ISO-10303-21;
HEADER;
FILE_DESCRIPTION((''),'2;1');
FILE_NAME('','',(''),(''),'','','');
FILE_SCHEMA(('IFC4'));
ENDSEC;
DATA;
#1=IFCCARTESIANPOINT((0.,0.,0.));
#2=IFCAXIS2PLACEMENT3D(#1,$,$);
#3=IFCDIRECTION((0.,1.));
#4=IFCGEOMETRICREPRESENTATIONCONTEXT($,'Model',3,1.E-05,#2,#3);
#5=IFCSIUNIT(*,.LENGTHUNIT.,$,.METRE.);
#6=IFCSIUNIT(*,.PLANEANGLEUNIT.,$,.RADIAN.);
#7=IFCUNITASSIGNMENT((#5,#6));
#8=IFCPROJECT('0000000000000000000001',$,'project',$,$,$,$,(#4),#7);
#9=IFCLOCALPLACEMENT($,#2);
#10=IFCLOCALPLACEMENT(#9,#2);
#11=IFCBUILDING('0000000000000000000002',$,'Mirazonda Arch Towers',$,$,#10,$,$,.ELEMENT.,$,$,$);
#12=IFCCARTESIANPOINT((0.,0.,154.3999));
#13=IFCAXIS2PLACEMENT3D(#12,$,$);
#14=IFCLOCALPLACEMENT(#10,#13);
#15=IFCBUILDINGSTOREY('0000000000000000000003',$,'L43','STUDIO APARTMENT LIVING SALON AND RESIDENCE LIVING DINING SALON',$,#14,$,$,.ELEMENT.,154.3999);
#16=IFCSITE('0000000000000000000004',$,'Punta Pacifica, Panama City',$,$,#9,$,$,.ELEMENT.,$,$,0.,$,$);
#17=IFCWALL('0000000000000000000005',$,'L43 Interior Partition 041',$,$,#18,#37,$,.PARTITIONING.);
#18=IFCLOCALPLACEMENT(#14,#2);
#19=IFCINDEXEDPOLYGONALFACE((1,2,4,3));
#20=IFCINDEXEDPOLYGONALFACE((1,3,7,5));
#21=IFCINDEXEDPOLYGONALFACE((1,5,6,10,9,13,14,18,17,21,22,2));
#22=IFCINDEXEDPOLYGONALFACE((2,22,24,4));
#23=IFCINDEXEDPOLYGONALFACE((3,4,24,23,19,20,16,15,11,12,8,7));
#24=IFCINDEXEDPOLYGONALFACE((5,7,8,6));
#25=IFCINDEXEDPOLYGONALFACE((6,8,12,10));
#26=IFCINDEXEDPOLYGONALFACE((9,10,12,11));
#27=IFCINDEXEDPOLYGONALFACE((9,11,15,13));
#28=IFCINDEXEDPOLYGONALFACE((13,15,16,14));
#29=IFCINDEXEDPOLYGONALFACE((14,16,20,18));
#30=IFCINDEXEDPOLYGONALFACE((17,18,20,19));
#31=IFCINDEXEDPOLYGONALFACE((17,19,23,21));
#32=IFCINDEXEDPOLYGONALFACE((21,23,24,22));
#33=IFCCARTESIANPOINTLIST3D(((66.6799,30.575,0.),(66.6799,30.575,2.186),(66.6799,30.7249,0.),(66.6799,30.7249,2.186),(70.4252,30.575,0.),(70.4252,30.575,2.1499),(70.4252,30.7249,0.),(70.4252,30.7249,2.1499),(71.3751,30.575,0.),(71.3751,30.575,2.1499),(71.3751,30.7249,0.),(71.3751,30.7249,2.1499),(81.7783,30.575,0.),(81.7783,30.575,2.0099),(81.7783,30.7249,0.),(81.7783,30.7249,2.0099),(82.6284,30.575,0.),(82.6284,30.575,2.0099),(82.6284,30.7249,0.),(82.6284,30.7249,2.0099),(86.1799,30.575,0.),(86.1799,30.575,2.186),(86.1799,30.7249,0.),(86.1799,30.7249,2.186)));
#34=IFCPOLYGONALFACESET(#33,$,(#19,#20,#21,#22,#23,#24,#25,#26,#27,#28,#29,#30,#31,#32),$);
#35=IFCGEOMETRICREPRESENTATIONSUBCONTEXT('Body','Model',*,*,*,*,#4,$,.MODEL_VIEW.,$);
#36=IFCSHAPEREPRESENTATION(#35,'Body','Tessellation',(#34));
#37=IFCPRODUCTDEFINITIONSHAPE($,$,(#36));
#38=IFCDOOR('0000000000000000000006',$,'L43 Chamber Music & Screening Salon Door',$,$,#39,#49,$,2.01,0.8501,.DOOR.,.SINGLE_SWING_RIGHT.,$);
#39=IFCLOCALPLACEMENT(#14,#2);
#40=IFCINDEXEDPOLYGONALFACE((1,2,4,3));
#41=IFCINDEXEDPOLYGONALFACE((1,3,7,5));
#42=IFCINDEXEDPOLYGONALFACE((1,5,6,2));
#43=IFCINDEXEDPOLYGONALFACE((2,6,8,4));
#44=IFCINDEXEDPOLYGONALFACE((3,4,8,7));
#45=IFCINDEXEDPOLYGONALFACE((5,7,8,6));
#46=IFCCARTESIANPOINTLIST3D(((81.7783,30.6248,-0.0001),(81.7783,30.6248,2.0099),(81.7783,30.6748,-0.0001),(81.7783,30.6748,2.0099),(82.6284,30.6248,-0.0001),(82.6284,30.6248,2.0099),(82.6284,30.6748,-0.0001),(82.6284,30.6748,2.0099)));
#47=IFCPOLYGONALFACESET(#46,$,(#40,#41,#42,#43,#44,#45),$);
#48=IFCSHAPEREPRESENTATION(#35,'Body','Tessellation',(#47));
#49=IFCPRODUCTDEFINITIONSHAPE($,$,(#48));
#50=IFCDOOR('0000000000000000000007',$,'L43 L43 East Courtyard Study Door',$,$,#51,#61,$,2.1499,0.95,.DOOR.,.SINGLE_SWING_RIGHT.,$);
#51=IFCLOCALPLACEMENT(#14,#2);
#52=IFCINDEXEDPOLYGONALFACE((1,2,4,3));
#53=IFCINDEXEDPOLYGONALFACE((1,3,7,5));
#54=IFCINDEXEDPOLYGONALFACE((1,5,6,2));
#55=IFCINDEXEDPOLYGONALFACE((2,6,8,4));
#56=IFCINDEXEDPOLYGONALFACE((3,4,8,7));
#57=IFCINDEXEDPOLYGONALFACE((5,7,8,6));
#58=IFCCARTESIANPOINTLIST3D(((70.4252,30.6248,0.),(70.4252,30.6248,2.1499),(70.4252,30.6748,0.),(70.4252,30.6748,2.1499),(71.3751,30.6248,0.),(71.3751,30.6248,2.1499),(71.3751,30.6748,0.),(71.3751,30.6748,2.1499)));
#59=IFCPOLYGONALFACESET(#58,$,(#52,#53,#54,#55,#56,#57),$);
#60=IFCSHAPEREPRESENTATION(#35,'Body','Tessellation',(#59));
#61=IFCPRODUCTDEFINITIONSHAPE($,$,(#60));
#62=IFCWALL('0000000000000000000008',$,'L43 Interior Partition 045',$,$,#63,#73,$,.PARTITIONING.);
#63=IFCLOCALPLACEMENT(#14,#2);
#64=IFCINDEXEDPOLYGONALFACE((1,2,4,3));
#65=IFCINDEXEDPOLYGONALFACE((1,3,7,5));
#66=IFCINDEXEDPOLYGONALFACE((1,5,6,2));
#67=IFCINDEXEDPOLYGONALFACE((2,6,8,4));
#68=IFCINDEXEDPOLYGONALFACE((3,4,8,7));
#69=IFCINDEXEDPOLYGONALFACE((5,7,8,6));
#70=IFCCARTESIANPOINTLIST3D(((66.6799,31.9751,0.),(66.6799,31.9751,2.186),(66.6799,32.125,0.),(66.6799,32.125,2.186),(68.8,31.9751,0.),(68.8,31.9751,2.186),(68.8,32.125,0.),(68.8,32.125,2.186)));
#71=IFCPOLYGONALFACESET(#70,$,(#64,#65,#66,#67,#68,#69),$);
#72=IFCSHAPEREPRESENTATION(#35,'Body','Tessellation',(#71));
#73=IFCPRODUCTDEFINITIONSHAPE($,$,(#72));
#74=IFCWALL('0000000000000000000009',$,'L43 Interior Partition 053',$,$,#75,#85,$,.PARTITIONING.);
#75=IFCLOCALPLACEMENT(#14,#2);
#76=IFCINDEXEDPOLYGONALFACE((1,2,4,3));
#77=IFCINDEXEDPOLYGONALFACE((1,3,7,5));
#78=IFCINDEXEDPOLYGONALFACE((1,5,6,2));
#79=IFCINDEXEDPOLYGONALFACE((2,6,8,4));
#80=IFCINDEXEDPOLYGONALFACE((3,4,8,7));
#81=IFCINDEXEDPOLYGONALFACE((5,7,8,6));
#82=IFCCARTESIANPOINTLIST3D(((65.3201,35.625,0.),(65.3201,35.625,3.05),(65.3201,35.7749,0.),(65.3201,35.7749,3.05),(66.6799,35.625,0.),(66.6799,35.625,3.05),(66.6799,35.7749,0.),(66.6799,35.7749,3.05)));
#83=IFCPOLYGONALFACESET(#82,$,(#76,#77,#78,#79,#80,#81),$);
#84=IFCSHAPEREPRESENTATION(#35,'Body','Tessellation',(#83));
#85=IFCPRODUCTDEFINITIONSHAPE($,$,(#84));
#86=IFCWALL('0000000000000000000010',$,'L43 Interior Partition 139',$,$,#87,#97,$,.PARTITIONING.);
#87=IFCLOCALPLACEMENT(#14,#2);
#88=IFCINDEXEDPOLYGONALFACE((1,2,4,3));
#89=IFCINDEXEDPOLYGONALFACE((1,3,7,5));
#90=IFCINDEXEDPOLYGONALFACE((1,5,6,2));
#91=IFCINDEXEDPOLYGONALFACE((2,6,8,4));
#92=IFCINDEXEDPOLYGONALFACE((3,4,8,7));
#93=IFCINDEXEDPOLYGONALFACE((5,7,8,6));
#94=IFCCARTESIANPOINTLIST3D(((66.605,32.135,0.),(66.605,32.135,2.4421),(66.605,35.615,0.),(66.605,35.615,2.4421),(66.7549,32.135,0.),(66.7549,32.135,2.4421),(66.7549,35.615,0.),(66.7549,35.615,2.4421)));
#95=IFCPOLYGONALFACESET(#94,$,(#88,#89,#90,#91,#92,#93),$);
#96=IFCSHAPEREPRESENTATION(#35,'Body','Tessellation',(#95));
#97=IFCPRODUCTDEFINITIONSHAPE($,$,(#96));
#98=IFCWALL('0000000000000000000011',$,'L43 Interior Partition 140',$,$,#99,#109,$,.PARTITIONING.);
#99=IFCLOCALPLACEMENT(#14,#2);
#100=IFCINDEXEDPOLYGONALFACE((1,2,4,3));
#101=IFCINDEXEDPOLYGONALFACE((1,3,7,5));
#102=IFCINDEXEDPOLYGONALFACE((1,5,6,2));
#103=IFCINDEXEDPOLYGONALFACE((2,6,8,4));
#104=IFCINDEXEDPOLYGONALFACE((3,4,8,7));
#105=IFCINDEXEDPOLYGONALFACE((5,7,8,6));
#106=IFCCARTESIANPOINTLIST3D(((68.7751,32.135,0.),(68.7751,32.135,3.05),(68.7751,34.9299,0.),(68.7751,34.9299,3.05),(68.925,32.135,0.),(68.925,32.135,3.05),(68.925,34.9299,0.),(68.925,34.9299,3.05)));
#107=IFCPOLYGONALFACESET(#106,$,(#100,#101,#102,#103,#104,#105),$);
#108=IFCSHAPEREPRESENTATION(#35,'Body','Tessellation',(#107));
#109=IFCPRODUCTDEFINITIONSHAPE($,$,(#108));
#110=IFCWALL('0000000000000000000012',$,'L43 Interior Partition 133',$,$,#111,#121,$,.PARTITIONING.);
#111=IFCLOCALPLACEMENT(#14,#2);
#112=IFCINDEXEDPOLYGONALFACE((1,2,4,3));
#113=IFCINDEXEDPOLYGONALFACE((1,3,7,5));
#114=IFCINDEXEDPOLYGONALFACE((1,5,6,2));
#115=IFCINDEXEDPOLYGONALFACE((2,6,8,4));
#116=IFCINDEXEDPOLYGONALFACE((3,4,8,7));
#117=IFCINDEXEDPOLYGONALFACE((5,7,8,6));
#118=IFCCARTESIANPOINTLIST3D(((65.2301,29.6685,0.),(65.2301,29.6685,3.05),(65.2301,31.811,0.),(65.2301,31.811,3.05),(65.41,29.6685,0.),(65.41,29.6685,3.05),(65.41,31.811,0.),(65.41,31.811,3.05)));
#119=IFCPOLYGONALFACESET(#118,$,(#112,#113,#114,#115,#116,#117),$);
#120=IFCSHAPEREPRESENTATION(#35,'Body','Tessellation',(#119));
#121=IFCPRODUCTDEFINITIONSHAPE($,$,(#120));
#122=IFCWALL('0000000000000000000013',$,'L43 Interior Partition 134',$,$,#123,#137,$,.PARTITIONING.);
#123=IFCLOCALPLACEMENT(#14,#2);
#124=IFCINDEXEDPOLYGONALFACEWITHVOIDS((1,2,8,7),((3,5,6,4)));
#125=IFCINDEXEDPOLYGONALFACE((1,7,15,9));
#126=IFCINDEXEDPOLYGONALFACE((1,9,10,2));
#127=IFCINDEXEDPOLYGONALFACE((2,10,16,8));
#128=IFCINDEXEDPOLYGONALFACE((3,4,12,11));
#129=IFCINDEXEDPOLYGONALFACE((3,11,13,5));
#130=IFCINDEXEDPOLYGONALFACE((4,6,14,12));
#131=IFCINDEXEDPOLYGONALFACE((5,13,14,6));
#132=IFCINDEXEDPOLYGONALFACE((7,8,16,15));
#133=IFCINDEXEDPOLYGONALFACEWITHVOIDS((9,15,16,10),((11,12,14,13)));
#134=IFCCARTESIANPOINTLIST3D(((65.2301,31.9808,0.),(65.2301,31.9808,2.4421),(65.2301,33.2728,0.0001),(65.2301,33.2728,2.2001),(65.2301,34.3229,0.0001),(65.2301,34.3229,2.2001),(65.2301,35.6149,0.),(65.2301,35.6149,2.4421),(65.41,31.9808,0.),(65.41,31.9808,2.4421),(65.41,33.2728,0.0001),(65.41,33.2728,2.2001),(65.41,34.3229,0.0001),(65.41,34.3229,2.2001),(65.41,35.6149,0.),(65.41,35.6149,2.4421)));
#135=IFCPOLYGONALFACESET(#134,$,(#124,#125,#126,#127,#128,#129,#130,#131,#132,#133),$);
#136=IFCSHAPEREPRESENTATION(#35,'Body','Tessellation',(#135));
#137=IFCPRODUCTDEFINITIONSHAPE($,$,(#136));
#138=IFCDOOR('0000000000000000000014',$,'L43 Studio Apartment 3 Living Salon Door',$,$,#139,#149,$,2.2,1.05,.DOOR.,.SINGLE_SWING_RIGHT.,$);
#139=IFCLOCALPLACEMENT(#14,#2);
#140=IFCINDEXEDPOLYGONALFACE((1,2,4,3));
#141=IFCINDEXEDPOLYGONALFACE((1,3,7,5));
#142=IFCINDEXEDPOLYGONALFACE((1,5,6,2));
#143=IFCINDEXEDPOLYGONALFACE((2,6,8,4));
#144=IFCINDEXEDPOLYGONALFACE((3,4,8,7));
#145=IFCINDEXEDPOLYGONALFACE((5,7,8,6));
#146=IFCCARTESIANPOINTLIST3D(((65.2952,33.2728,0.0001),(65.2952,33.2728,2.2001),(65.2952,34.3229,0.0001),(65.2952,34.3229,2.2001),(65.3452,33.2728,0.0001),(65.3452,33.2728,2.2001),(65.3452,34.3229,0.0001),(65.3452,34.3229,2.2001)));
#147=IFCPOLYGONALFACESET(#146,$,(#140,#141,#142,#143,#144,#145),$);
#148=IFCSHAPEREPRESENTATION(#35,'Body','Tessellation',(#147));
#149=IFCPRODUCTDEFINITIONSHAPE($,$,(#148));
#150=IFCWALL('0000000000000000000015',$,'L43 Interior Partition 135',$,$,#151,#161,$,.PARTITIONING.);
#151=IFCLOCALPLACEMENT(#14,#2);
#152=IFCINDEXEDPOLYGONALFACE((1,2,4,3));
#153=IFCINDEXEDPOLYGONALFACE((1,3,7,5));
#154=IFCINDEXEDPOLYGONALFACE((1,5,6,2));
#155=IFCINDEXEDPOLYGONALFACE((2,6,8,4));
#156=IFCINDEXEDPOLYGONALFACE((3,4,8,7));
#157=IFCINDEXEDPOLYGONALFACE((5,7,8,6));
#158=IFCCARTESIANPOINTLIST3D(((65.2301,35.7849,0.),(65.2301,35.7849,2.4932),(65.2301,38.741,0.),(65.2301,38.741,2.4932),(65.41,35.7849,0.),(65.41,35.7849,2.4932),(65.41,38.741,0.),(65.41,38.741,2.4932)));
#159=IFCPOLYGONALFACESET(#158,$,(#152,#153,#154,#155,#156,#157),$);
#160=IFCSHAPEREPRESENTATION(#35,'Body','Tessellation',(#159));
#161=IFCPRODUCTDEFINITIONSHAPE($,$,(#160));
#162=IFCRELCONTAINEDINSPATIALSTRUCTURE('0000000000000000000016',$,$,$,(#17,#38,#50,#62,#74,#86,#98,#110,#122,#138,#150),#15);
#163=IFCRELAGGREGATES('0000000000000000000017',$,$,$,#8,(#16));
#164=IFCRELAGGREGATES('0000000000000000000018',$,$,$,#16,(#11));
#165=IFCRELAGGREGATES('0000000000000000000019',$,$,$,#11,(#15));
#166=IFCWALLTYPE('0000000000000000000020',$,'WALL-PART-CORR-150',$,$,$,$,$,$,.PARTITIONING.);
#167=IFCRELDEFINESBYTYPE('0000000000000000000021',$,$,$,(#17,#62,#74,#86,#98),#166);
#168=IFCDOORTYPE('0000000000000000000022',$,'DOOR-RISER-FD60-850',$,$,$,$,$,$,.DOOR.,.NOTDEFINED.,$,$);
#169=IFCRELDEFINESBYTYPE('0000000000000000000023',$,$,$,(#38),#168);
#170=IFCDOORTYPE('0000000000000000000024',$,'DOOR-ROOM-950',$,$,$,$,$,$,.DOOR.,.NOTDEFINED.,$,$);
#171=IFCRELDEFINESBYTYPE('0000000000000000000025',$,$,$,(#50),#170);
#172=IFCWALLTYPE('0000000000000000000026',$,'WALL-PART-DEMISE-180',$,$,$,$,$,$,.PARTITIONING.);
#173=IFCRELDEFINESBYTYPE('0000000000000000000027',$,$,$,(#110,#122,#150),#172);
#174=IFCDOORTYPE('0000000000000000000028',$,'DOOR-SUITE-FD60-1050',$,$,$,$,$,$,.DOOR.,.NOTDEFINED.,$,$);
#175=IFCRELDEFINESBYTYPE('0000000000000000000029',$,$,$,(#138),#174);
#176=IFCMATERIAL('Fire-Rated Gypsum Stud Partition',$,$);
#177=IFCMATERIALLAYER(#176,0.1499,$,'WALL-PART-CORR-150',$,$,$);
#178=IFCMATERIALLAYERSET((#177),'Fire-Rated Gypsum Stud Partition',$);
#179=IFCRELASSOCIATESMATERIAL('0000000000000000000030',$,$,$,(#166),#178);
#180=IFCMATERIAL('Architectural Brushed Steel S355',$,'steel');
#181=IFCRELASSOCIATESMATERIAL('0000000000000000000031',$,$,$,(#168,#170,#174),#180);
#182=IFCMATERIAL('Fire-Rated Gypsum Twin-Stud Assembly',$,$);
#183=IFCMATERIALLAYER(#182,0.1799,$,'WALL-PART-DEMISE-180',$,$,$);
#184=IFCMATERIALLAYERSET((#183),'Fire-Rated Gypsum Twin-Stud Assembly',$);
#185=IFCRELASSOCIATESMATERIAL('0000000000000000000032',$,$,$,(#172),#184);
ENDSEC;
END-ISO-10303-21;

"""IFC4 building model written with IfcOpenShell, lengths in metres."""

from ifc_helpers import new_model, si_unit, direction, frame, frame_2d, origin, place, context, subcontext, project, spatial, rectangle, extrude, material, layer, layer_set, type_object, element, fill, save


model = new_model("IFC4")

# Units and contexts
model_context = context("Model", 3, precision=1e-05, world=origin(), true_north=direction((0.0, 1.0)))
body_context = subcontext(model_context, "Body", "Model", "MODEL_VIEW")
ifc_project = project(units=[si_unit("LENGTHUNIT", "METRE"), si_unit("PLANEANGLEUNIT", "RADIAN")], contexts=[model_context])

# Site, building, storey
site_placement = place(None, origin())
site = spatial("IfcSite", under=ifc_project, at=site_placement, Name="Punta Pacifica, Panama City", CompositionType="ELEMENT", RefElevation=0.0)
building_placement = place(site_placement, origin())
building = spatial("IfcBuilding", under=site, at=building_placement, Name="Mirazonda Arch Towers", CompositionType="ELEMENT")
storey_placement = place(building_placement, frame((0.0, 0.0, 154.3999)))
storey = spatial("IfcBuildingStorey", under=building, at=storey_placement, Name="L43", Description="STUDIO APARTMENT LIVING SALON AND RESIDENCE LIVING DINING SALON", CompositionType="ELEMENT", Elevation=154.3999)

# Wall, openings, doors
ifc_material_1 = material(Name="Architectural Brushed Steel S355", Category="steel")
ifc_material_2 = material(Name="Fire-Rated Gypsum Stud Partition")
ifc_layer_1 = layer(ifc_material_2, 0.1499, Name="WALL-PART-CORR-150")
ifc_layer_set_1 = layer_set([ifc_layer_1], Name="Fire-Rated Gypsum Stud Partition")
wall_type_1 = type_object("IfcWallType", Name="WALL-PART-CORR-150", PredefinedType="PARTITIONING", material=ifc_layer_set_1)
wall_1_placement = place(storey_placement, frame((66.6799, 30.6499, 0.0), z_axis=(0.0, 0.0, 1.0), x_axis=(1.0, 0.0, 0.0)))
wall_1 = element("IfcWall", 1, at=wall_1_placement, inside=storey, type_object=wall_type_1, Name="L43 Interior Partition 041", PredefinedType="PARTITIONING", context=body_context, shape_type="SweptSolid", body=[
    extrude(rectangle(XDim=19.5, YDim=0.1499, at=frame_2d((9.75, 0.0))), origin(), (0.0, 0.0, 1.0), 2.186),
])
opening_1_placement = place(wall_1_placement, frame((3.7451, 0.0, 0.0)))
opening_1 = element("IfcOpeningElement", 2, at=opening_1_placement, cuts=wall_1, PredefinedType="OPENING", context=body_context, shape_type="SweptSolid", body=[
    extrude(rectangle(XDim=0.95, YDim=2.1499, at=frame_2d((0.4751, 1.075))), frame((0.0, 0.085, 0.0), z_axis=(0.0, -1.0, 0.0), x_axis=(1.0, 0.0, 0.0)), (0.0, 0.0, 1.0), 0.1699),
])
opening_2_placement = place(wall_1_placement, frame((15.0984, 0.0, 0.0)))
opening_2 = element("IfcOpeningElement", 3, at=opening_2_placement, cuts=wall_1, PredefinedType="OPENING", context=body_context, shape_type="SweptSolid", body=[
    extrude(rectangle(XDim=0.8501, YDim=2.01, at=frame_2d((0.425, 1.0049))), frame((0.0, 0.085, 0.0), z_axis=(0.0, -1.0, 0.0), x_axis=(1.0, 0.0, 0.0)), (0.0, 0.0, 1.0), 0.1699),
])
door_type_1 = type_object("IfcDoorType", Name="DOOR-RISER-FD60-850", OperationType="NOTDEFINED", PredefinedType="DOOR", material=ifc_material_1)
door_1_placement = place(opening_2_placement, origin())
door_1 = element("IfcDoor", 4, at=door_1_placement, inside=storey, type_object=door_type_1, Name="L43 Chamber Music & Screening Salon Door", OperationType="SINGLE_SWING_RIGHT", OverallHeight=2.01, OverallWidth=0.8501, PredefinedType="DOOR", context=body_context, shape_type="SweptSolid", body=[
    extrude(rectangle(XDim=0.8501, YDim=2.01, at=frame_2d((0.425, 1.0049))), frame((0.0, 0.0249, 0.0), z_axis=(0.0, -1.0, 0.0), x_axis=(1.0, 0.0, 0.0)), (0.0, 0.0, 1.0), 0.05),
])
fill(opening_2, door_1)
door_type_2 = type_object("IfcDoorType", Name="DOOR-ROOM-950", OperationType="NOTDEFINED", PredefinedType="DOOR", material=ifc_material_1)
door_2_placement = place(opening_1_placement, origin())
door_2 = element("IfcDoor", 5, at=door_2_placement, inside=storey, type_object=door_type_2, Name="L43 L43 East Courtyard Study Door", OperationType="SINGLE_SWING_RIGHT", OverallHeight=2.1499, OverallWidth=0.95, PredefinedType="DOOR", context=body_context, shape_type="SweptSolid", body=[
    extrude(rectangle(XDim=0.95, YDim=2.1499, at=frame_2d((0.4751, 1.075))), frame((0.0, 0.0249, 0.0), z_axis=(0.0, -1.0, 0.0), x_axis=(1.0, 0.0, 0.0)), (0.0, 0.0, 1.0), 0.05),
])
fill(opening_1, door_2)

# Walls
wall_2_placement = place(storey_placement, frame((66.6799, 32.05, 0.0), z_axis=(0.0, 0.0, 1.0), x_axis=(1.0, 0.0, 0.0)))
element("IfcWall", 6, at=wall_2_placement, inside=storey, type_object=wall_type_1, Name="L43 Interior Partition 045", PredefinedType="PARTITIONING", context=body_context, shape_type="SweptSolid", body=[
    extrude(rectangle(XDim=2.1201, YDim=0.1499, at=frame_2d((1.0601, 0.0))), origin(), (0.0, 0.0, 1.0), 2.186),
])
wall_3_placement = place(storey_placement, frame((65.3201, 35.7, 0.0), z_axis=(0.0, 0.0, 1.0), x_axis=(1.0, 0.0, 0.0)))
element("IfcWall", 7, at=wall_3_placement, inside=storey, type_object=wall_type_1, Name="L43 Interior Partition 053", PredefinedType="PARTITIONING", context=body_context, shape_type="SweptSolid", body=[
    extrude(rectangle(XDim=1.3599, YDim=0.1499, at=frame_2d((0.6799, 0.0))), origin(), (0.0, 0.0, 1.0), 3.05),
])
wall_4_placement = place(storey_placement, frame((66.6799, 32.135, 0.0), z_axis=(0.0, 0.0, 1.0), x_axis=(0.0, 1.0, 0.0)))
element("IfcWall", 8, at=wall_4_placement, inside=storey, type_object=wall_type_1, Name="L43 Interior Partition 139", PredefinedType="PARTITIONING", context=body_context, shape_type="SweptSolid", body=[
    extrude(rectangle(XDim=3.48, YDim=0.1499, at=frame_2d((1.74, 0.0))), origin(), (0.0, 0.0, 1.0), 2.4421),
])
wall_5_placement = place(storey_placement, frame((68.8501, 32.135, 0.0), z_axis=(0.0, 0.0, 1.0), x_axis=(0.0, 1.0, 0.0)))
element("IfcWall", 9, at=wall_5_placement, inside=storey, type_object=wall_type_1, Name="L43 Interior Partition 140", PredefinedType="PARTITIONING", context=body_context, shape_type="SweptSolid", body=[
    extrude(rectangle(XDim=2.7949, YDim=0.1499, at=frame_2d((1.3975, 0.0))), origin(), (0.0, 0.0, 1.0), 3.05),
])
ifc_material_3 = material(Name="Fire-Rated Gypsum Twin-Stud Assembly")
ifc_layer_2 = layer(ifc_material_3, 0.1799, Name="WALL-PART-DEMISE-180")
ifc_layer_set_2 = layer_set([ifc_layer_2], Name="Fire-Rated Gypsum Twin-Stud Assembly")
wall_type_2 = type_object("IfcWallType", Name="WALL-PART-DEMISE-180", PredefinedType="PARTITIONING", material=ifc_layer_set_2)
wall_6_placement = place(storey_placement, frame((65.3201, 29.6685, 0.0), z_axis=(0.0, 0.0, 1.0), x_axis=(0.0, 1.0, 0.0)))
element("IfcWall", 10, at=wall_6_placement, inside=storey, type_object=wall_type_2, Name="L43 Interior Partition 133", PredefinedType="PARTITIONING", context=body_context, shape_type="SweptSolid", body=[
    extrude(rectangle(XDim=2.1426, YDim=0.1799, at=frame_2d((1.0713, 0.0))), origin(), (0.0, 0.0, 1.0), 3.05),
])

# Wall, opening, door
wall_7_placement = place(storey_placement, frame((65.3201, 31.981, 0.0), z_axis=(0.0, 0.0, 1.0), x_axis=(0.0, 1.0, 0.0)))
wall_7 = element("IfcWall", 11, at=wall_7_placement, inside=storey, type_object=wall_type_2, Name="L43 Interior Partition 134", PredefinedType="PARTITIONING", context=body_context, shape_type="SweptSolid", body=[
    extrude(rectangle(XDim=3.634, YDim=0.1799, at=frame_2d((1.8169, 0.0))), origin(), (0.0, 0.0, 1.0), 2.4421),
])
opening_3_placement = place(wall_7_placement, frame((1.292, 0.0, 0.0)))
opening_3 = element("IfcOpeningElement", 12, at=opening_3_placement, cuts=wall_7, PredefinedType="OPENING", context=body_context, shape_type="SweptSolid", body=[
    extrude(rectangle(XDim=1.05, YDim=2.2, at=frame_2d((0.5249, 1.1001))), frame((0.0, 0.0999, 0.0), z_axis=(0.0, -1.0, 0.0), x_axis=(1.0, 0.0, 0.0)), (0.0, 0.0, 1.0), 0.2),
])
door_type_3 = type_object("IfcDoorType", Name="DOOR-SUITE-FD60-1050", OperationType="NOTDEFINED", PredefinedType="DOOR", material=ifc_material_1)
door_3_placement = place(opening_3_placement, origin())
door_3 = element("IfcDoor", 13, at=door_3_placement, inside=storey, type_object=door_type_3, Name="L43 Studio Apartment 3 Living Salon Door", OperationType="SINGLE_SWING_RIGHT", OverallHeight=2.2, OverallWidth=1.05, PredefinedType="DOOR", context=body_context, shape_type="SweptSolid", body=[
    extrude(rectangle(XDim=1.05, YDim=2.2, at=frame_2d((0.5249, 1.1001))), frame((0.0, 0.0249, 0.0), z_axis=(0.0, -1.0, 0.0), x_axis=(1.0, 0.0, 0.0)), (0.0, 0.0, 1.0), 0.05),
])
fill(opening_3, door_3)

# Wall
wall_8_placement = place(storey_placement, frame((65.3201, 35.7849, 0.0), z_axis=(0.0, 0.0, 1.0), x_axis=(0.0, 1.0, 0.0)))
element("IfcWall", 14, at=wall_8_placement, inside=storey, type_object=wall_type_2, Name="L43 Interior Partition 135", PredefinedType="PARTITIONING", context=body_context, shape_type="SweptSolid", body=[
    extrude(rectangle(XDim=2.9561, YDim=0.1799, at=frame_2d((1.478, 0.0))), origin(), (0.0, 0.0, 1.0), 2.4932),
])

save(model, "model.ifc")
